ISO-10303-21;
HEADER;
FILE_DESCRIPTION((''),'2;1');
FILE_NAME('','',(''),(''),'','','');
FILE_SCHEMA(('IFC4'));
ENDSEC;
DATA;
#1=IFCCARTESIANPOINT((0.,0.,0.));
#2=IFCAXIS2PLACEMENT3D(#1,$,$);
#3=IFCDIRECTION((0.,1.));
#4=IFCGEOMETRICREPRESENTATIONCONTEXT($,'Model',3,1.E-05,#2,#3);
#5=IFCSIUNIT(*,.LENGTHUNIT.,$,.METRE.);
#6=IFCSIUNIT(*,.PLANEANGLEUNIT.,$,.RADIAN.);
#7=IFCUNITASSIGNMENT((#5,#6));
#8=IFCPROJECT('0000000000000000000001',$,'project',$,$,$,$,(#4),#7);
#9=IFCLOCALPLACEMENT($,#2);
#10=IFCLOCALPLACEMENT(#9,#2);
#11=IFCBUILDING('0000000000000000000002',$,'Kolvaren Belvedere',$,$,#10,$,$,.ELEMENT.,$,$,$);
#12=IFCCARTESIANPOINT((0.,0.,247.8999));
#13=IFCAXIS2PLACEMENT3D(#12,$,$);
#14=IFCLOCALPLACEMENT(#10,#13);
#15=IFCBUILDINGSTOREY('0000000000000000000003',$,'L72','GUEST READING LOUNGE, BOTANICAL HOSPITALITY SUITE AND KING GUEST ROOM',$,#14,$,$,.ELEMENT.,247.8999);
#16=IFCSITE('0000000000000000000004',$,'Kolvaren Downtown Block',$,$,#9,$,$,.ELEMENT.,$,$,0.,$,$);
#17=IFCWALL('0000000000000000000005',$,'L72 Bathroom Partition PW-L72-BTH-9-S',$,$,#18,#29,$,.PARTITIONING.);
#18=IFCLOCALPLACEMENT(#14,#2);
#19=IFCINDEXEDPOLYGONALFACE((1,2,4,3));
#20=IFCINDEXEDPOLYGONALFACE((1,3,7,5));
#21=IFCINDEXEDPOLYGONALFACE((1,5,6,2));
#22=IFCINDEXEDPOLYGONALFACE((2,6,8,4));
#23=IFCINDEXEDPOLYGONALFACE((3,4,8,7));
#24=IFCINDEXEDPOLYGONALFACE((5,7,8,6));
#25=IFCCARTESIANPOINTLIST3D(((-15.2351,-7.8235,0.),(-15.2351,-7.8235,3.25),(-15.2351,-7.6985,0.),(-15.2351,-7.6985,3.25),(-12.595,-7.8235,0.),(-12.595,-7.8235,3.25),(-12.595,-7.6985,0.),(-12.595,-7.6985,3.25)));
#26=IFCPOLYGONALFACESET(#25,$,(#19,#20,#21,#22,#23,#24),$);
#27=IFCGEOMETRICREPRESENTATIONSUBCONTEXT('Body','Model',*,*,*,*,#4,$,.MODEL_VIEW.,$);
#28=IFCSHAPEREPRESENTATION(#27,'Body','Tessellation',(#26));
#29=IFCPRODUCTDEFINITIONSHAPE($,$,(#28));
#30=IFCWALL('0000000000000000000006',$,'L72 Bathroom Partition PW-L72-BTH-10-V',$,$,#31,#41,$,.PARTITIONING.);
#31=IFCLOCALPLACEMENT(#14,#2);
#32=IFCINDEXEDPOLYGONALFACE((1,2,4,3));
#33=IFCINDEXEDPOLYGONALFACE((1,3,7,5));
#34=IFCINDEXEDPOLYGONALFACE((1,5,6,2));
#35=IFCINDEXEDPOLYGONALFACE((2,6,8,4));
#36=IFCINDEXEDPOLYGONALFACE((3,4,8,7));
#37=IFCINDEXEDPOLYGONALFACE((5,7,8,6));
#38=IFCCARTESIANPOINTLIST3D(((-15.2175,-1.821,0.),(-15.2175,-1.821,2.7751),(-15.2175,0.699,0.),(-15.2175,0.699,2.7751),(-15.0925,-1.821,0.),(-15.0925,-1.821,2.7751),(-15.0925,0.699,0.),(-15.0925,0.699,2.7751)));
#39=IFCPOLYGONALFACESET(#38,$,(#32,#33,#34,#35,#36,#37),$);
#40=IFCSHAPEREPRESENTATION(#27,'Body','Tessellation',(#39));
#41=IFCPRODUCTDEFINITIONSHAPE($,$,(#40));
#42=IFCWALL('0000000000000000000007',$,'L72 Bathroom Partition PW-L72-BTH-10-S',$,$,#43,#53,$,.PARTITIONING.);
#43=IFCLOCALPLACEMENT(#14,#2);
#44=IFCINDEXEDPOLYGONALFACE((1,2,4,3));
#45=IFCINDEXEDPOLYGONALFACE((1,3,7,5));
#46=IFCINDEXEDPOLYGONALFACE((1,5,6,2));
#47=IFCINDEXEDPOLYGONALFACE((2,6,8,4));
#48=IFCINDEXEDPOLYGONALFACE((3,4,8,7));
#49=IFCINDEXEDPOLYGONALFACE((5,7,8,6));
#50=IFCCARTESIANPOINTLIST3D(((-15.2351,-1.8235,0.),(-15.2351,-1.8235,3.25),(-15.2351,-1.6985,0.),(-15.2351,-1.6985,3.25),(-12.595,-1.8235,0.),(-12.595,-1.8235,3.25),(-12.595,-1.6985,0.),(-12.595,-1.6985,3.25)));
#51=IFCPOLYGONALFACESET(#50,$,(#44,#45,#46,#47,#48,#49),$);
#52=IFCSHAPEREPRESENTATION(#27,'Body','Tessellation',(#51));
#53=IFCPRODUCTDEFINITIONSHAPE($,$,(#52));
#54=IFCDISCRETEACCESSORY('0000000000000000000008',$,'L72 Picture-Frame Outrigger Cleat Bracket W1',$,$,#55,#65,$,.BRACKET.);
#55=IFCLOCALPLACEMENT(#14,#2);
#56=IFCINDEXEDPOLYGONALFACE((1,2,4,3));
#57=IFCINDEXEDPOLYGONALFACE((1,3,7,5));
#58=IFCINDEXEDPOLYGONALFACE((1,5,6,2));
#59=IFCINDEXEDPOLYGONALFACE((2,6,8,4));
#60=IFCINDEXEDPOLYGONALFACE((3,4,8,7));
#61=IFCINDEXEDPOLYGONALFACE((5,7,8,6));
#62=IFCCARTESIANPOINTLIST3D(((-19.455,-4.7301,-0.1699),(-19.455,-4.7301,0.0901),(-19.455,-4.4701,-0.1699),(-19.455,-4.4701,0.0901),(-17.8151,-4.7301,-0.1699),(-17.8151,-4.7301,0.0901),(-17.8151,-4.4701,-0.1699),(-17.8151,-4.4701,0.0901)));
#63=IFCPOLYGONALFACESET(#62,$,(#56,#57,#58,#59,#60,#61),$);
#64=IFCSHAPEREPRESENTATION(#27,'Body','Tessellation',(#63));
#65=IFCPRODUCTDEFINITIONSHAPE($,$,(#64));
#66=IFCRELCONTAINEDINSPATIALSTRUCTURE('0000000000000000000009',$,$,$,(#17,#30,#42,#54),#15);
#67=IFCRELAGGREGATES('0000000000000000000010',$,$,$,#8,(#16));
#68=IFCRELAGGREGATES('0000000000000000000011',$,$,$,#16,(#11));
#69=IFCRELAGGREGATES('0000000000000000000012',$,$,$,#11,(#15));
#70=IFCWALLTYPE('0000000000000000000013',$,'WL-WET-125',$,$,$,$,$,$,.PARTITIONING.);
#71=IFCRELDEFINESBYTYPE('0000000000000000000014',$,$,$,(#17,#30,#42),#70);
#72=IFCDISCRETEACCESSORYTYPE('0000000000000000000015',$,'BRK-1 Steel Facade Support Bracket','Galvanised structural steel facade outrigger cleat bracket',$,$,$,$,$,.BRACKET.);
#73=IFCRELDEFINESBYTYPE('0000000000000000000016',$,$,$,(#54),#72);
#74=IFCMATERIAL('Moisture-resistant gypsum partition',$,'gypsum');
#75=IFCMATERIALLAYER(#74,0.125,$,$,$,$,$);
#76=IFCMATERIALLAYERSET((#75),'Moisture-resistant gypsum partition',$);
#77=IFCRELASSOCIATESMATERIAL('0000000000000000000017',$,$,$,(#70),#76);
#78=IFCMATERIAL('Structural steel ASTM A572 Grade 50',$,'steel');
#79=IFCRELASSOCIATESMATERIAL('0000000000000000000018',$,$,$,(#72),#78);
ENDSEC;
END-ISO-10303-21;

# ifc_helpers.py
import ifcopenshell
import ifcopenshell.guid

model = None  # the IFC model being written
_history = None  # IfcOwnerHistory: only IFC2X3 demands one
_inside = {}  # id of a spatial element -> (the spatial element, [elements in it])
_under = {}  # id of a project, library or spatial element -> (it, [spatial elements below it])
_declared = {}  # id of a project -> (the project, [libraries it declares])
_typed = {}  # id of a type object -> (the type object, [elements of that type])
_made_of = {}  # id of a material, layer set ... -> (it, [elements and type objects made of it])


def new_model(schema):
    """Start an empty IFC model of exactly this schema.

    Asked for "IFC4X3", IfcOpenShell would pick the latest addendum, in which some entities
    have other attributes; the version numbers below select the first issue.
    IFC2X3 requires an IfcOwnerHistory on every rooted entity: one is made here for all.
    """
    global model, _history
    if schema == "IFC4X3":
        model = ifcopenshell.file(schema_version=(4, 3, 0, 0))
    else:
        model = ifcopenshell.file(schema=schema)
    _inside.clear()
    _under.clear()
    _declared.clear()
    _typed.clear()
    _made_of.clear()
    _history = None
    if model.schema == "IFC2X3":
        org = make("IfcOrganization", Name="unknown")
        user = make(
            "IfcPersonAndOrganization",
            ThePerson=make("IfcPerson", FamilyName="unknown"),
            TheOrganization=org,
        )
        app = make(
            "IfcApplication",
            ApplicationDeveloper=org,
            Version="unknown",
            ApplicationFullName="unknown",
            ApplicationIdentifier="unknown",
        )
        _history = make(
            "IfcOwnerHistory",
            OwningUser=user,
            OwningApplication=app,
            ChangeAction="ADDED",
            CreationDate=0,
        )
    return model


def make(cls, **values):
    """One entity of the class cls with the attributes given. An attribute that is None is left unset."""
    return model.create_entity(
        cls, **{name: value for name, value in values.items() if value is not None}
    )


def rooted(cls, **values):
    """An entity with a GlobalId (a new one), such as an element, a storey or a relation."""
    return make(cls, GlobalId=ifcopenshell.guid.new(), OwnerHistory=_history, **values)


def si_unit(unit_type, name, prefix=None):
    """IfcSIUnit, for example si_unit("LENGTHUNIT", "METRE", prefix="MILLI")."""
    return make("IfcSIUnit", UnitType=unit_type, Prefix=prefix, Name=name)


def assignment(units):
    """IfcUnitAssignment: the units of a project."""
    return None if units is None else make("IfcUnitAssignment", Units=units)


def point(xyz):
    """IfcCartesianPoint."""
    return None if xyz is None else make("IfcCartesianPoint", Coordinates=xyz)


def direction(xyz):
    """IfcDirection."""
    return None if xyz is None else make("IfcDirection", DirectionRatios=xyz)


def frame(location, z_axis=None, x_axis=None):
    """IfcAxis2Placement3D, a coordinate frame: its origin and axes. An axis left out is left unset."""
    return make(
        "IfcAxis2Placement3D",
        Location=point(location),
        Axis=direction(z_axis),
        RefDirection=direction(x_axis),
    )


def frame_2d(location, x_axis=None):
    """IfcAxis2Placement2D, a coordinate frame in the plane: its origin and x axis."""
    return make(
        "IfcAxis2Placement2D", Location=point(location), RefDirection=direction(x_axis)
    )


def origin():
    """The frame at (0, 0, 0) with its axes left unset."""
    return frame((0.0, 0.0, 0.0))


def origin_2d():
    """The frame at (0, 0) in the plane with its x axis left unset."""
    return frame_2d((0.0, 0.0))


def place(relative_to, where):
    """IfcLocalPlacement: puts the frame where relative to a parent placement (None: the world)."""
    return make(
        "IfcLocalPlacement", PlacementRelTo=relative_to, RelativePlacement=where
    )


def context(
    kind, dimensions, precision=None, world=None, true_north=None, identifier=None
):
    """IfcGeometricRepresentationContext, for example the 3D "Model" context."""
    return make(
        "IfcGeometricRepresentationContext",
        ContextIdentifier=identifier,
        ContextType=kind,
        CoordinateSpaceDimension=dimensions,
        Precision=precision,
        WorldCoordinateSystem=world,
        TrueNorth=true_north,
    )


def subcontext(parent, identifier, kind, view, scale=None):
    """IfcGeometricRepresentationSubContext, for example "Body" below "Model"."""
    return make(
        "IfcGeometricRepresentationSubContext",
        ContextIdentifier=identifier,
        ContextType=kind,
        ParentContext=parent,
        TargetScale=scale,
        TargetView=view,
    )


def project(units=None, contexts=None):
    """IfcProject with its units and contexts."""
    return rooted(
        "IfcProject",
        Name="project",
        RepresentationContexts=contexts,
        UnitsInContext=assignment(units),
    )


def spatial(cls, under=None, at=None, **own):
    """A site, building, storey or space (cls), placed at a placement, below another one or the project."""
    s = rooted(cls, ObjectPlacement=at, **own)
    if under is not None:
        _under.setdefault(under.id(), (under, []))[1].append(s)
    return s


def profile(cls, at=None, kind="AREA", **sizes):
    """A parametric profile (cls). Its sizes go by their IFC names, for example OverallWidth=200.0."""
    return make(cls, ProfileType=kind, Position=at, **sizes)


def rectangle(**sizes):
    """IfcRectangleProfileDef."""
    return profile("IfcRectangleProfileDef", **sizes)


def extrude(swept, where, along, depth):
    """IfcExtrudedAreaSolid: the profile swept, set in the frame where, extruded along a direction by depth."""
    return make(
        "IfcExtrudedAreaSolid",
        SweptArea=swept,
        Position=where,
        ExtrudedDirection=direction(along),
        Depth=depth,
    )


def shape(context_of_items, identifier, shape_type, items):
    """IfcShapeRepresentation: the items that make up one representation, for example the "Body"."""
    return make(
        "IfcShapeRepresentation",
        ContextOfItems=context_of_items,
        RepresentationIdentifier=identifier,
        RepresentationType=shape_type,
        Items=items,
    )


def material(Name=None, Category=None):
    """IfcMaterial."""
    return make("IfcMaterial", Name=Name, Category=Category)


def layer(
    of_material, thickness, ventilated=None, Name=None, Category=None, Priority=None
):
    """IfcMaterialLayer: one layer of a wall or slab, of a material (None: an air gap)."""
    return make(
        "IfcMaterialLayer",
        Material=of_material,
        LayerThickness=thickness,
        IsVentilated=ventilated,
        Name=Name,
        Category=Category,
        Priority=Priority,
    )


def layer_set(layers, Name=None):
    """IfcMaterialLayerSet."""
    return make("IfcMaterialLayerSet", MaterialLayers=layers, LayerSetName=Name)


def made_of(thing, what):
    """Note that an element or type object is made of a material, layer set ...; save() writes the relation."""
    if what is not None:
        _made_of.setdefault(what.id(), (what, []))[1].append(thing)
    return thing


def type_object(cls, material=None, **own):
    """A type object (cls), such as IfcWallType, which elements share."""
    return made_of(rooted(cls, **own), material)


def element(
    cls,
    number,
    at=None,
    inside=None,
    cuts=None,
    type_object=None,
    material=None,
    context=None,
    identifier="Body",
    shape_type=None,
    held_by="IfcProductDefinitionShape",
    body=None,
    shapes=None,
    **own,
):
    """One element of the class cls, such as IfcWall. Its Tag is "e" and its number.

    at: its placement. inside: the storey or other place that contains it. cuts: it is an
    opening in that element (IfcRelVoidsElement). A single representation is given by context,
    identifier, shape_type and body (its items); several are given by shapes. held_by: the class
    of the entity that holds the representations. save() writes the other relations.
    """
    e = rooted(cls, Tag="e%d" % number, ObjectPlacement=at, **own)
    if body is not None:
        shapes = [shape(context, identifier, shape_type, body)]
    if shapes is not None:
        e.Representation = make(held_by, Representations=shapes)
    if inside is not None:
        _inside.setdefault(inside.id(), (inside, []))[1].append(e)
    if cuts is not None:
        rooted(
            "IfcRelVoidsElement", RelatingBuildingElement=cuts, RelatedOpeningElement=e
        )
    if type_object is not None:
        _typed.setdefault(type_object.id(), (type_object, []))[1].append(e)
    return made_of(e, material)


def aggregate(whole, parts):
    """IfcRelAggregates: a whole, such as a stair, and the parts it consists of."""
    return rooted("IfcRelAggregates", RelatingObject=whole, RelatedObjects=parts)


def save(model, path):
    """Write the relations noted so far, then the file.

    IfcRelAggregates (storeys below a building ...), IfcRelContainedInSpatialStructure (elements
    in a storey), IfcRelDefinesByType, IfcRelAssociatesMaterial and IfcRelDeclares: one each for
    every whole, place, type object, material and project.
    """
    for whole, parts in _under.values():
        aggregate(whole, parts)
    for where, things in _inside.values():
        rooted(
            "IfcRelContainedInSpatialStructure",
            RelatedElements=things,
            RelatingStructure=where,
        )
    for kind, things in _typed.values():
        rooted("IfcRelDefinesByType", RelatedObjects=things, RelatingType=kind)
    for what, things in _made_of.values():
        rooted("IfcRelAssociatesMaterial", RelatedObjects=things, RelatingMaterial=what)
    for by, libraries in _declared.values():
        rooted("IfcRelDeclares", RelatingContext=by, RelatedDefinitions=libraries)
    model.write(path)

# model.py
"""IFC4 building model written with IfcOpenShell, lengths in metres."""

from ifc_helpers import new_model, si_unit, direction, frame, frame_2d, origin, origin_2d, place, context, subcontext, project, spatial, rectangle, extrude, material, layer, layer_set, type_object, element, save


model = new_model("IFC4")

# Units and contexts
model_context = context("Model", 3, precision=1e-05, world=origin(), true_north=direction((0.0, 1.0)))
body_context = subcontext(model_context, "Body", "Model", "MODEL_VIEW")
ifc_project = project(units=[si_unit("LENGTHUNIT", "METRE"), si_unit("PLANEANGLEUNIT", "RADIAN")], contexts=[model_context])

# Site, building, storey
site_placement = place(None, origin())
site = spatial("IfcSite", under=ifc_project, at=site_placement, Name="Kolvaren Downtown Block", CompositionType="ELEMENT", RefElevation=0.0)
building_placement = place(site_placement, origin())
building = spatial("IfcBuilding", under=site, at=building_placement, Name="Kolvaren Belvedere", CompositionType="ELEMENT")
storey_placement = place(building_placement, frame((0.0, 0.0, 247.8999)))
storey = spatial("IfcBuildingStorey", under=building, at=storey_placement, Name="L72", Description="GUEST READING LOUNGE, BOTANICAL HOSPITALITY SUITE AND KING GUEST ROOM", CompositionType="ELEMENT", Elevation=247.8999)

# Shared definitions
ifc_material_1 = material(Name="Moisture-resistant gypsum partition", Category="gypsum")
ifc_layer_1 = layer(ifc_material_1, 0.125)
ifc_layer_set_1 = layer_set([ifc_layer_1], Name="Moisture-resistant gypsum partition")
wall_type_1 = type_object("IfcWallType", Name="WL-WET-125", PredefinedType="PARTITIONING", material=ifc_layer_set_1)

# Walls
wall_1_placement = place(storey_placement, frame((-15.2351, -7.761, 0.0), z_axis=(0.0, 0.0, 1.0), x_axis=(1.0, 0.0, 0.0)))
element("IfcWall", 1, at=wall_1_placement, inside=storey, type_object=wall_type_1, Name="L72 Bathroom Partition PW-L72-BTH-9-S", PredefinedType="PARTITIONING", context=body_context, shape_type="SweptSolid", body=[
    extrude(rectangle(XDim=2.6401, YDim=0.125, at=frame_2d((1.3201, 0.0))), origin(), (0.0, 0.0, 1.0), 3.25),
])
wall_2_placement = place(storey_placement, frame((-15.155, -1.821, 0.0), z_axis=(0.0, 0.0, 1.0), x_axis=(0.0, 1.0, 0.0)))
element("IfcWall", 2, at=wall_2_placement, inside=storey, type_object=wall_type_1, Name="L72 Bathroom Partition PW-L72-BTH-10-V", PredefinedType="PARTITIONING", context=body_context, shape_type="SweptSolid", body=[
    extrude(rectangle(XDim=2.52, YDim=0.125, at=frame_2d((1.26, 0.0))), origin(), (0.0, 0.0, 1.0), 2.7751),
])
wall_3_placement = place(storey_placement, frame((-15.2351, -1.761, 0.0), z_axis=(0.0, 0.0, 1.0), x_axis=(1.0, 0.0, 0.0)))
element("IfcWall", 3, at=wall_3_placement, inside=storey, type_object=wall_type_1, Name="L72 Bathroom Partition PW-L72-BTH-10-S", PredefinedType="PARTITIONING", context=body_context, shape_type="SweptSolid", body=[
    extrude(rectangle(XDim=2.6401, YDim=0.125, at=frame_2d((1.3201, 0.0))), origin(), (0.0, 0.0, 1.0), 3.25),
])

# Discrete accessory
ifc_material_2 = material(Name="Structural steel ASTM A572 Grade 50", Category="steel")
discrete_accessory_type = type_object("IfcDiscreteAccessoryType", Name="BRK-1 Steel Facade Support Bracket", Description="Galvanised structural steel facade outrigger cleat bracket", PredefinedType="BRACKET", material=ifc_material_2)
discrete_accessory_placement = place(storey_placement, frame((-18.635, -4.6001, -0.1699), z_axis=(0.0, 0.0, 1.0), x_axis=(1.0, 0.0, 0.0)))
element("IfcDiscreteAccessory", 4, at=discrete_accessory_placement, inside=storey, type_object=discrete_accessory_type, Name="L72 Picture-Frame Outrigger Cleat Bracket W1", PredefinedType="BRACKET", context=body_context, shape_type="SweptSolid", body=[
    extrude(rectangle(XDim=1.6399, YDim=0.26, at=origin_2d()), origin(), (0.0, 0.0, 1.0), 0.26),
])

save(model, "model.ifc")
